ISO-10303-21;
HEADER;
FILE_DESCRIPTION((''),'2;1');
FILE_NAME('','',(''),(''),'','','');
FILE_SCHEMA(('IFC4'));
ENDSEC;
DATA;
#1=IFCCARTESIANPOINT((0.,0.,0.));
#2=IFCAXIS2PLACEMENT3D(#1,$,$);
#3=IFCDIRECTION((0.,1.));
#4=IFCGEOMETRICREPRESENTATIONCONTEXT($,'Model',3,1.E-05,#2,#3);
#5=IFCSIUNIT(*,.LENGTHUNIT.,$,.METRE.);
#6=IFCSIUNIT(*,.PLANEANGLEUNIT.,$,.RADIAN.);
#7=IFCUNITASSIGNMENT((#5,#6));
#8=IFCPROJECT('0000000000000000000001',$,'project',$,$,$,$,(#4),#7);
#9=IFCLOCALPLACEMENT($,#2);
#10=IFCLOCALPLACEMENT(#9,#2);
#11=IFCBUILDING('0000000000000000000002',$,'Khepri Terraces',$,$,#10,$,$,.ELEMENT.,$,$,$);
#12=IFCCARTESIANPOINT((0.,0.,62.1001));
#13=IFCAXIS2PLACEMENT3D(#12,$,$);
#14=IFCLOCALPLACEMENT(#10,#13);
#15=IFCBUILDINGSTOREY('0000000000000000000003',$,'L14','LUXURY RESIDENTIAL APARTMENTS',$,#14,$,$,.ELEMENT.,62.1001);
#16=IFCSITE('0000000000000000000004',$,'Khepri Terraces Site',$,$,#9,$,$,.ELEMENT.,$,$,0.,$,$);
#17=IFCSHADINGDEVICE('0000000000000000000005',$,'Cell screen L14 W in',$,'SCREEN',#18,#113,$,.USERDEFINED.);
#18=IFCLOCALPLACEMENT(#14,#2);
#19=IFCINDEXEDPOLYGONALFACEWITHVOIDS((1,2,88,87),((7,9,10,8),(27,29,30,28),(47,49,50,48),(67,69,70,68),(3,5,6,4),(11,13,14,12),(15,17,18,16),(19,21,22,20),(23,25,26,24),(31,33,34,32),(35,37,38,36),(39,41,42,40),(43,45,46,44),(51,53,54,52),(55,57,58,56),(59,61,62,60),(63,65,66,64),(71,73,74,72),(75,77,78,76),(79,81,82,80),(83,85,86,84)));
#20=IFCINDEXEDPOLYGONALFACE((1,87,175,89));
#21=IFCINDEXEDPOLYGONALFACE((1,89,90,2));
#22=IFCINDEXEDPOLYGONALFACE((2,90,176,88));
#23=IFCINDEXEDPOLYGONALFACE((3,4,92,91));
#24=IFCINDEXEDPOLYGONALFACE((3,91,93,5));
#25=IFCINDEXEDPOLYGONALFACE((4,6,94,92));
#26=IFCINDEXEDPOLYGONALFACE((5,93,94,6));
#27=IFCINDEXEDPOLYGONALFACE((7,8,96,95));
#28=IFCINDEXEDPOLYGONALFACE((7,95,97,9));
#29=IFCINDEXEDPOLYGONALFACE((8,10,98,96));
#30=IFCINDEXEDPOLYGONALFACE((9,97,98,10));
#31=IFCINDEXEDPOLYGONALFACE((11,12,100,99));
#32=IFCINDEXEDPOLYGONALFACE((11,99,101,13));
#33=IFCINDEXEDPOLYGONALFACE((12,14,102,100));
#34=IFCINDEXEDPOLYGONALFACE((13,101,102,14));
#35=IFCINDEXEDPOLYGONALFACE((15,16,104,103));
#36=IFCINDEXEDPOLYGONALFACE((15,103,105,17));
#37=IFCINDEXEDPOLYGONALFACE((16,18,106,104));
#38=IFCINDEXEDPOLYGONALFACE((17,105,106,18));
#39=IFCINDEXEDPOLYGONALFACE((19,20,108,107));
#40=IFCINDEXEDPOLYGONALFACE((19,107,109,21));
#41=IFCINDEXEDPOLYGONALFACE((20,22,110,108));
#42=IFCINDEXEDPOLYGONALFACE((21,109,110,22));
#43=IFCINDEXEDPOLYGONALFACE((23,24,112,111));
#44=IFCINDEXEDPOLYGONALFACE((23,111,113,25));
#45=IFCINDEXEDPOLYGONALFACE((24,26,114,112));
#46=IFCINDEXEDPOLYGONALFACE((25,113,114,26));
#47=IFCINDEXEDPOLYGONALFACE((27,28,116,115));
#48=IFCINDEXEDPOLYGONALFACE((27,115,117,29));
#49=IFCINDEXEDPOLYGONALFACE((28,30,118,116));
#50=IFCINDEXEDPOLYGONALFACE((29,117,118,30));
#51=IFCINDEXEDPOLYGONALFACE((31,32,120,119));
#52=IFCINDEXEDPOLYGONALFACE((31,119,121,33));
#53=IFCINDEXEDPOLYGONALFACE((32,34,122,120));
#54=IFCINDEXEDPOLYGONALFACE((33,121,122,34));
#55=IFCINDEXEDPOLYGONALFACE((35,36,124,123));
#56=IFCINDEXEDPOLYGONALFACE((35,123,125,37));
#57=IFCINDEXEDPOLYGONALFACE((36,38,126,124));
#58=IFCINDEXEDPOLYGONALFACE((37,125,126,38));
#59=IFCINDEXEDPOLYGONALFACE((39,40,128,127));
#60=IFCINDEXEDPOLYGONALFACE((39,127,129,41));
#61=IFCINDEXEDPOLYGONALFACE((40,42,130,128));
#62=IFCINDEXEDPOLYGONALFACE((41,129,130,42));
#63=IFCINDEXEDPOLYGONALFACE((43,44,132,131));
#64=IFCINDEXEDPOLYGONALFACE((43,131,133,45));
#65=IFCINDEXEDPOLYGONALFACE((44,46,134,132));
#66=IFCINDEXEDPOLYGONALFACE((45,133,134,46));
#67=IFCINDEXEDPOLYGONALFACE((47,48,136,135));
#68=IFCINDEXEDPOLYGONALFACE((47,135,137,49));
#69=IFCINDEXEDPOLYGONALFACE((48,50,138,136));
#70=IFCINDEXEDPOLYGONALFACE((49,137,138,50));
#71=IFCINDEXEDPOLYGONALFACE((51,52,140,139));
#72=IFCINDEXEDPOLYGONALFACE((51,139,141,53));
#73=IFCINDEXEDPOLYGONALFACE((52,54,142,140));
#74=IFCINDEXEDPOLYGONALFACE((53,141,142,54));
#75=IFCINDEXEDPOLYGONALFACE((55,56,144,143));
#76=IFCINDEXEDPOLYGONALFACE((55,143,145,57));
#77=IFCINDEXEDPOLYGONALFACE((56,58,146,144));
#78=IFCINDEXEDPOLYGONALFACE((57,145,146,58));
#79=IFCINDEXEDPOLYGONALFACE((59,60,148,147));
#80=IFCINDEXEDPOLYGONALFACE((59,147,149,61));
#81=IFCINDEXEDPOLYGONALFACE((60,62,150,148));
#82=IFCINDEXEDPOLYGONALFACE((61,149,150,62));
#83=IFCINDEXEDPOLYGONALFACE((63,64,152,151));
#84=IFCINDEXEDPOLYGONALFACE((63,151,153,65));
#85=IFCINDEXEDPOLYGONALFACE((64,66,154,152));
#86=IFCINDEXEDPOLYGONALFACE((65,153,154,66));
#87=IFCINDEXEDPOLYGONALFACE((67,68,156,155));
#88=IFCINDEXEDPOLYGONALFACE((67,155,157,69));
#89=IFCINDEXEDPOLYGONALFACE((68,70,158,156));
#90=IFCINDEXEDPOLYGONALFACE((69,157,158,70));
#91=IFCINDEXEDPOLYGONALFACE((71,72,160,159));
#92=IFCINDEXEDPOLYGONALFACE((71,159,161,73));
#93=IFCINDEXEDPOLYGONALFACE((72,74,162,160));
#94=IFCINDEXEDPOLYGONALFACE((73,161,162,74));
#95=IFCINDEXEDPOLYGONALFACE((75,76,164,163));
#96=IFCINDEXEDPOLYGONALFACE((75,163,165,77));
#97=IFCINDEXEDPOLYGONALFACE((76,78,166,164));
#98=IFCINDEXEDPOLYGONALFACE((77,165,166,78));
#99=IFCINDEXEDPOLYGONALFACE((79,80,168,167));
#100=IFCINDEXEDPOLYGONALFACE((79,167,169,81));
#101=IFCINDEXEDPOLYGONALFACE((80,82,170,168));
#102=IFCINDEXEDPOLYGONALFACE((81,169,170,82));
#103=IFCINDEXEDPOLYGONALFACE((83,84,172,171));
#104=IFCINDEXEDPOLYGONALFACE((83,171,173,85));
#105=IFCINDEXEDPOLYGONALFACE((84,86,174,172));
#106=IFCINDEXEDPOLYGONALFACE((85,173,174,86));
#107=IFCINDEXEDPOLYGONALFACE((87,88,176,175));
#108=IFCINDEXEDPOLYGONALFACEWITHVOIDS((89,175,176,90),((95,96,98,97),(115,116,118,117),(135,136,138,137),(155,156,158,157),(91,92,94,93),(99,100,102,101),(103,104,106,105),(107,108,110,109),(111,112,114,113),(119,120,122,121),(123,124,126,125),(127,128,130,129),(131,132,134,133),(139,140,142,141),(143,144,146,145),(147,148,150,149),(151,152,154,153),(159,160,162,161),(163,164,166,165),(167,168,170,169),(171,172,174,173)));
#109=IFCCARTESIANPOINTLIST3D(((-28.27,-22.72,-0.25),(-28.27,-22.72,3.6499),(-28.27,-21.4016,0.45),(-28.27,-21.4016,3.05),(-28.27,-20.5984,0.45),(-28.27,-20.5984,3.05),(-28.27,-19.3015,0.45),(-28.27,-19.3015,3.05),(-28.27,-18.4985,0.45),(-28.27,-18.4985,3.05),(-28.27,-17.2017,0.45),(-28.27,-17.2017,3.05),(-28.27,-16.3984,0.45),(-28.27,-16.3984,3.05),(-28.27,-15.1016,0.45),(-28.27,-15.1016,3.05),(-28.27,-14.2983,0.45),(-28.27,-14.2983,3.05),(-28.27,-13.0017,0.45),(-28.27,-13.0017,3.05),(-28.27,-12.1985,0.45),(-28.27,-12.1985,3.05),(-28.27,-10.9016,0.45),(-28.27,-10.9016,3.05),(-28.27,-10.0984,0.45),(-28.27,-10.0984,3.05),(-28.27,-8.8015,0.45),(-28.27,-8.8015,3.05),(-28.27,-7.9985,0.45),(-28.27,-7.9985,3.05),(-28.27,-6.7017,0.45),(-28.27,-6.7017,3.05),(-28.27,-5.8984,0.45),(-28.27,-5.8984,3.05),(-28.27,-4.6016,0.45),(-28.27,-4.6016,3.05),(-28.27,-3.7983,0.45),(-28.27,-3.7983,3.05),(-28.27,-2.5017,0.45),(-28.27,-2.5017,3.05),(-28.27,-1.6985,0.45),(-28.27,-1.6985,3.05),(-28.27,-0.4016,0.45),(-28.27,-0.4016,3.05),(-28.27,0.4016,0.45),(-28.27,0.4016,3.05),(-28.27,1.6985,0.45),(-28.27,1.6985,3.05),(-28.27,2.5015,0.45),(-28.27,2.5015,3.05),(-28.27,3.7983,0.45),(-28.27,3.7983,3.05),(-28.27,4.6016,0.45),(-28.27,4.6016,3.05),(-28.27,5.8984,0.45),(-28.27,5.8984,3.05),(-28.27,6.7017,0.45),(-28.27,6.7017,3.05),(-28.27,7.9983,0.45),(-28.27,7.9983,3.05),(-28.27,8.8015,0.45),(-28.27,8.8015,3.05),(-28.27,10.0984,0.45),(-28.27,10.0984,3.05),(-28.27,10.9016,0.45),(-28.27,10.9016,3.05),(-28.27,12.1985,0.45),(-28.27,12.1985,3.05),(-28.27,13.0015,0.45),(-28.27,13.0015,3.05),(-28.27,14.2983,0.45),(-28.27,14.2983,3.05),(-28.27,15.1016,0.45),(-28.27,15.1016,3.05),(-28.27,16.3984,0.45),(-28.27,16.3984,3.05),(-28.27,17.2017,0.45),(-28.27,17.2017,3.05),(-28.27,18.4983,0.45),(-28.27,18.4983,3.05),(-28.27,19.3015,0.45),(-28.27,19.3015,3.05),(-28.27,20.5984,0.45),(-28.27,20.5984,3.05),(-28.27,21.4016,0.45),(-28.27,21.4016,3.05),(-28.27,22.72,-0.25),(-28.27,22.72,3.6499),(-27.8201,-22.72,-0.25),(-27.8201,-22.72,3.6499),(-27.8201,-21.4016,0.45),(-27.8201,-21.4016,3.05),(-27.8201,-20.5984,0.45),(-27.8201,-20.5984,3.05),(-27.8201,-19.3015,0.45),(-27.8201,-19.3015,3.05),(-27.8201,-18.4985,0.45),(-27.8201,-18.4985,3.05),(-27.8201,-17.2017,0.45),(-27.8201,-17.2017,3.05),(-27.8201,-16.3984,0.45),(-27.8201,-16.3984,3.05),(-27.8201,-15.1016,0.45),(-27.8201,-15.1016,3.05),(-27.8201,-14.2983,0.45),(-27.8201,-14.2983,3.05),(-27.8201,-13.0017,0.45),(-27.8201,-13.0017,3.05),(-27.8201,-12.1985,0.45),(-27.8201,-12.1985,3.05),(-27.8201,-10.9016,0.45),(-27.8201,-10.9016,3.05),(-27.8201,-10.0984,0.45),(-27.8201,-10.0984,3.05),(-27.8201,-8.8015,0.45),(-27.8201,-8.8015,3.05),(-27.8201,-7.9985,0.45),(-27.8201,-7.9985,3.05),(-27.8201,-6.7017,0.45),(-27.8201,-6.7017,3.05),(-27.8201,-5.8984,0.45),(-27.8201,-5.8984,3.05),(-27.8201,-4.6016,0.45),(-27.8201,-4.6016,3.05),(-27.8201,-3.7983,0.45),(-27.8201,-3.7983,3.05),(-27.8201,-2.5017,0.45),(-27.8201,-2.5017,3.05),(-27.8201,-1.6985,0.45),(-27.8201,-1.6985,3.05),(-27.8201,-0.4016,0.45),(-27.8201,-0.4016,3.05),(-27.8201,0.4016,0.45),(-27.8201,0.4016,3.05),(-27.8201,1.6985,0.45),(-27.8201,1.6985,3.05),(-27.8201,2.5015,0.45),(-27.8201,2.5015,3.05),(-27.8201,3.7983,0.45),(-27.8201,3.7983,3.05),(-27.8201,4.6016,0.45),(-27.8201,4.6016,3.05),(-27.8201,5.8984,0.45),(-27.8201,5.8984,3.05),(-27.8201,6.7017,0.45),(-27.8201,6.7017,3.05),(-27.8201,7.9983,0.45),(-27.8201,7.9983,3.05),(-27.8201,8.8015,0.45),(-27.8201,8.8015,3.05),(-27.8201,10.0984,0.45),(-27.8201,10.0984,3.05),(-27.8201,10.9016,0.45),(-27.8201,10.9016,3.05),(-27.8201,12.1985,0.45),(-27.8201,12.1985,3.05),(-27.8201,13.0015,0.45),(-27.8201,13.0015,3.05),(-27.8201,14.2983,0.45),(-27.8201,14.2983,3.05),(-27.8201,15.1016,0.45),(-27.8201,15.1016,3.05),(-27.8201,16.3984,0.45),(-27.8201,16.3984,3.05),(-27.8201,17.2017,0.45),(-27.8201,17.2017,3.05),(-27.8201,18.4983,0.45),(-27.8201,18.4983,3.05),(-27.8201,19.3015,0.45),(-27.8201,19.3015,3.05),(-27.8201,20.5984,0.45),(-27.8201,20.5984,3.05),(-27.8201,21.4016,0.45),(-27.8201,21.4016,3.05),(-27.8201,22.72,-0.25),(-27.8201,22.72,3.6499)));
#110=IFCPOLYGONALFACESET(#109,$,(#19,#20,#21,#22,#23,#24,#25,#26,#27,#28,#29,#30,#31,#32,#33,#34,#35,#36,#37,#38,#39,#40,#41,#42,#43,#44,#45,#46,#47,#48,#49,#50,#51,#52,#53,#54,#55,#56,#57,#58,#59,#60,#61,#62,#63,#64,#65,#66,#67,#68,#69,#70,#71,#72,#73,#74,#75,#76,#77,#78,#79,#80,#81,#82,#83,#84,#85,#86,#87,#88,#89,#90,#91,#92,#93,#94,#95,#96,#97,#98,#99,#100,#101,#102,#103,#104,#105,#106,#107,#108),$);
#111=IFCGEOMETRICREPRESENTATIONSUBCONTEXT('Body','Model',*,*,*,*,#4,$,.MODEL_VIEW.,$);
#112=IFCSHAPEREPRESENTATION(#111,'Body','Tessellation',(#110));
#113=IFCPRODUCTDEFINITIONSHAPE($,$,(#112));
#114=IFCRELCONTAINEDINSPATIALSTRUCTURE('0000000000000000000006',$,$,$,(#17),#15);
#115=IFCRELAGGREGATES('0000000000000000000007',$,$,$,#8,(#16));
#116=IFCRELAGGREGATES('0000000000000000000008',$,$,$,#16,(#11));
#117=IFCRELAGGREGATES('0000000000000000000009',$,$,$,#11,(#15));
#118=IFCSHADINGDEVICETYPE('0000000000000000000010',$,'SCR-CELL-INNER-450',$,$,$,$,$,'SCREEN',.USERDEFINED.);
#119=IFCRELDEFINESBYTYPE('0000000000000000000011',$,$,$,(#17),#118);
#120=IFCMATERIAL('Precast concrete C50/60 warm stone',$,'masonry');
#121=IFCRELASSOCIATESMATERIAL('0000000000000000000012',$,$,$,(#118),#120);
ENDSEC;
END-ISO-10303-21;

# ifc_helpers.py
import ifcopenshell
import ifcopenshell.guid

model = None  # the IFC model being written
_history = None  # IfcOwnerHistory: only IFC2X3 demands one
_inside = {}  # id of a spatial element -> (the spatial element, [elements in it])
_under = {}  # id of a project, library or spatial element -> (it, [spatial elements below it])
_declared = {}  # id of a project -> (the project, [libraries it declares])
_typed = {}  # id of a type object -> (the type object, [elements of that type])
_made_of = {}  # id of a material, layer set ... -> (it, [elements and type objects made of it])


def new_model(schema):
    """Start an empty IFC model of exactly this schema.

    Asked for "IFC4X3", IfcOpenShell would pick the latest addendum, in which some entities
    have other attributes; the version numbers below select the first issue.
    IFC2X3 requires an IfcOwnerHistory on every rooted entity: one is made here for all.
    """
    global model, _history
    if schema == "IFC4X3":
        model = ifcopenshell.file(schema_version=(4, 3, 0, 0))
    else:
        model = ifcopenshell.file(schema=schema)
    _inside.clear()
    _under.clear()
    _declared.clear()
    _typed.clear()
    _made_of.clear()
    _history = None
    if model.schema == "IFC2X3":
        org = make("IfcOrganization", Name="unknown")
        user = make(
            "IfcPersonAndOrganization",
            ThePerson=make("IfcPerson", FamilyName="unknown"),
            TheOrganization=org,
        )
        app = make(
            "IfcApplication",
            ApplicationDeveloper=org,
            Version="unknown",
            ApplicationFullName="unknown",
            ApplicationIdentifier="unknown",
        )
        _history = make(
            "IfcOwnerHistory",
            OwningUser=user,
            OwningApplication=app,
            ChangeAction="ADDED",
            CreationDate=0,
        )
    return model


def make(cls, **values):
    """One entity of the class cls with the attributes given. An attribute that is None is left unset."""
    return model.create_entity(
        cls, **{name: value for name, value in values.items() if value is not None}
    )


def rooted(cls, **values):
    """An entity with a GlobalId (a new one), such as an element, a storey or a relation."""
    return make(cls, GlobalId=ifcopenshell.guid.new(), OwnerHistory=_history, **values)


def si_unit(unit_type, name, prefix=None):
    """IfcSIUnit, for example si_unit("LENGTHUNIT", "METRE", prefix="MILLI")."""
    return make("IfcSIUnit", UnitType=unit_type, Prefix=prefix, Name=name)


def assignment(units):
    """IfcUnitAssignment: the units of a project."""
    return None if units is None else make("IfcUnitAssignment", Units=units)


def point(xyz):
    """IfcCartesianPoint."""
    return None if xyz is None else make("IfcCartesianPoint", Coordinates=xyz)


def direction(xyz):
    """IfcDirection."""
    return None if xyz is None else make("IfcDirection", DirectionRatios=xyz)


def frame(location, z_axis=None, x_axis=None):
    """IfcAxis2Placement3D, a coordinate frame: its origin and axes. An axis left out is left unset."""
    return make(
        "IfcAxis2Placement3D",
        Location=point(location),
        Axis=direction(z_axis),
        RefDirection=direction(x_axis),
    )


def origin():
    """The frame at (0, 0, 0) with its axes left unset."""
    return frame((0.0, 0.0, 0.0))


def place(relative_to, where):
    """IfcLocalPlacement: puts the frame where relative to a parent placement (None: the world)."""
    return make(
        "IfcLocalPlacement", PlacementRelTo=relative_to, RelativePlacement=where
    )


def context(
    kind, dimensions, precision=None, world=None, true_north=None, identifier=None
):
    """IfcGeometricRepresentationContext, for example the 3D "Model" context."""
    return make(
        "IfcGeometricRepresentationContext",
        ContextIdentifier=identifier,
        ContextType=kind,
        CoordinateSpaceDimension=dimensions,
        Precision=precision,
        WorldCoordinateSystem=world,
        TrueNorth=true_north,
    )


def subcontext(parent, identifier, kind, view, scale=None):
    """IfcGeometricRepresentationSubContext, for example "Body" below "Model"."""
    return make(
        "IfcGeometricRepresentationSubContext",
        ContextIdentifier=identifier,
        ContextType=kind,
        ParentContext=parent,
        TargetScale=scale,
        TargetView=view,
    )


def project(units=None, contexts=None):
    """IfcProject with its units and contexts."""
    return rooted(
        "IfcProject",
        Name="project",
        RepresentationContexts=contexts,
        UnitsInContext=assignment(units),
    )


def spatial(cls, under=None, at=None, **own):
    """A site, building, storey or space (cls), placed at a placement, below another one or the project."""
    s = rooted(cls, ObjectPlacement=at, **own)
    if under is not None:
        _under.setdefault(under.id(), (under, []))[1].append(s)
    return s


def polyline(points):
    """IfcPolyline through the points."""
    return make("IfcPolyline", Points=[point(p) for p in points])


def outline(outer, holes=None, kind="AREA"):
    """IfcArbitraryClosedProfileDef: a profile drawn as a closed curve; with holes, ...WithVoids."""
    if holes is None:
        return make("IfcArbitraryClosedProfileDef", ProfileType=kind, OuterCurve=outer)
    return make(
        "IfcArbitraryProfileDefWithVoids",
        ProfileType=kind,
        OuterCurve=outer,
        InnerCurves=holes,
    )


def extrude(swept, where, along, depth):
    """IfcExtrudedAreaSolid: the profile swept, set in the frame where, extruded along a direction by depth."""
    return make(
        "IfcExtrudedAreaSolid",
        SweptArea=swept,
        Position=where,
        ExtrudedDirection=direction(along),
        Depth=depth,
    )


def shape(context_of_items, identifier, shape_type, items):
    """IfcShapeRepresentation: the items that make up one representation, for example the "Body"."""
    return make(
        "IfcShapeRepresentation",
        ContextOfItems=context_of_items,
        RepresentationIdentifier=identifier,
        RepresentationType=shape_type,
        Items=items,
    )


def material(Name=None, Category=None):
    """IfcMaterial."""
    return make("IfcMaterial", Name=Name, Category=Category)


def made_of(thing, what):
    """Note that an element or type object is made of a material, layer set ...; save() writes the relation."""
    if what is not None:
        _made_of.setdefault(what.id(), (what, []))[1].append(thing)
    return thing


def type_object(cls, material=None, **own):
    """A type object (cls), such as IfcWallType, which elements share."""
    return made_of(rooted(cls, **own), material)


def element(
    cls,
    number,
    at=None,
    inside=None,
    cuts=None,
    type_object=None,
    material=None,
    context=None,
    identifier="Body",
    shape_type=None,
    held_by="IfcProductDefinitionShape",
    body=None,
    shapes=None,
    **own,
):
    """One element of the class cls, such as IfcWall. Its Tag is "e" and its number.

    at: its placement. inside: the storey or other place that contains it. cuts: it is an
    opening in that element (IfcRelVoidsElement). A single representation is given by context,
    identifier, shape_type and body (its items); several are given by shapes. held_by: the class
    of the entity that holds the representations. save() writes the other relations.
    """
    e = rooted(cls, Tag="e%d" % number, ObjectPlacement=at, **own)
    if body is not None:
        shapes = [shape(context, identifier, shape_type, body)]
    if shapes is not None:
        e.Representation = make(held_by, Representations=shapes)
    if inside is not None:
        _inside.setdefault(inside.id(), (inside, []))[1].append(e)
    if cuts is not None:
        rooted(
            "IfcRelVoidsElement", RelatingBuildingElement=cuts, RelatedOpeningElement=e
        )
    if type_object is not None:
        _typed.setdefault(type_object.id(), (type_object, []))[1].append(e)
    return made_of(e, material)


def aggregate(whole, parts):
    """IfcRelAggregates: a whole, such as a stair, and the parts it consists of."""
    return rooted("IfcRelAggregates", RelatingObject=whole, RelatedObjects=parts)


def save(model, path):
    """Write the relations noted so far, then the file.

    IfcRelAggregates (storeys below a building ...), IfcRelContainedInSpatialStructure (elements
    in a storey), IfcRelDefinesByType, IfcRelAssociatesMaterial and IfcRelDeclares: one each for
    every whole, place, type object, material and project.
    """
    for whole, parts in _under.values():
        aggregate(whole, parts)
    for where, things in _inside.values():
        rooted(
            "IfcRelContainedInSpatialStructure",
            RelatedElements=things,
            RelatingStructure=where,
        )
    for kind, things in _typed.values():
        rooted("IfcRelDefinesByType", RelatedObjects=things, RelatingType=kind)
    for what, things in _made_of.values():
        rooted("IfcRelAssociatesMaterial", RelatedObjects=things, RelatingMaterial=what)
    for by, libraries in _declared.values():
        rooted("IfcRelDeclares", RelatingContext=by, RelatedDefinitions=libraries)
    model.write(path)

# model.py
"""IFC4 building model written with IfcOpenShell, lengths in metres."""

from ifc_helpers import new_model, si_unit, direction, frame, origin, place, context, subcontext, project, spatial, polyline, outline, extrude, material, type_object, element, save


model = new_model("IFC4")

# Units and contexts
model_context = context("Model", 3, precision=1e-05, world=origin(), true_north=direction((0.0, 1.0)))
body_context = subcontext(model_context, "Body", "Model", "MODEL_VIEW")
ifc_project = project(units=[si_unit("LENGTHUNIT", "METRE"), si_unit("PLANEANGLEUNIT", "RADIAN")], contexts=[model_context])

# Site, building, storey
site_placement = place(None, origin())
site = spatial("IfcSite", under=ifc_project, at=site_placement, Name="Khepri Terraces Site", CompositionType="ELEMENT", RefElevation=0.0)
building_placement = place(site_placement, origin())
building = spatial("IfcBuilding", under=site, at=building_placement, Name="Khepri Terraces", CompositionType="ELEMENT")
storey_placement = place(building_placement, frame((0.0, 0.0, 62.1001)))
storey = spatial("IfcBuildingStorey", under=building, at=storey_placement, Name="L14", Description="LUXURY RESIDENTIAL APARTMENTS", CompositionType="ELEMENT", Elevation=62.1001)

# Shared definitions
ifc_material_1 = material(Name="Precast concrete C50/60 warm stone", Category="masonry")

# Shading device
shading_device_type_1 = type_object("IfcShadingDeviceType", Name="SCR-CELL-INNER-450", ElementType="SCREEN", PredefinedType="USERDEFINED", material=ifc_material_1)
shading_device_1_placement = place(storey_placement, frame((-27.8201, 22.72, -0.25), z_axis=(-1.0, 0.0, 0.0), x_axis=(0.0, -1.0, 0.0)))
element("IfcShadingDevice", 1, at=shading_device_1_placement, inside=storey, type_object=shading_device_type_1, Name="Cell screen L14 W in", ObjectType="SCREEN", PredefinedType="USERDEFINED", context=body_context, shape_type="SweptSolid", body=[
    extrude(outline(polyline([(0.0, 0.0), (45.4399, 0.0), (45.4399, 3.8999), (0.0, 3.8999), (0.0, 0.0)]), holes=[polyline([(1.3184, 0.7), (2.1216, 0.7), (2.1216, 3.3), (1.3184, 3.3), (1.3184, 0.7)]), polyline([(3.4185, 0.7), (4.2217, 0.7), (4.2217, 3.3), (3.4185, 3.3), (3.4185, 0.7)]), polyline([(5.5183, 0.7), (6.3215, 0.7), (6.3215, 3.3), (5.5183, 3.3), (5.5183, 0.7)]), polyline([(7.6184, 0.7), (8.4216, 0.7), (8.4216, 3.3), (7.6184, 3.3), (7.6184, 0.7)]), polyline([(9.7185, 0.7), (10.5215, 0.7), (10.5215, 3.3), (9.7185, 3.3), (9.7185, 0.7)]), polyline([(11.8184, 0.7), (12.6216, 0.7), (12.6216, 3.3), (11.8184, 3.3), (11.8184, 0.7)]), polyline([(13.9185, 0.7), (14.7217, 0.7), (14.7217, 3.3), (13.9185, 3.3), (13.9185, 0.7)]), polyline([(16.0183, 0.7), (16.8215, 0.7), (16.8215, 3.3), (16.0183, 3.3), (16.0183, 0.7)]), polyline([(18.1184, 0.7), (18.9216, 0.7), (18.9216, 3.3), (18.1184, 3.3), (18.1184, 0.7)]), polyline([(20.2185, 0.7), (21.0215, 0.7), (21.0215, 3.3), (20.2185, 3.3), (20.2185, 0.7)]), polyline([(22.3184, 0.7), (23.1216, 0.7), (23.1216, 3.3), (22.3184, 3.3), (22.3184, 0.7)]), polyline([(24.4185, 0.7), (25.2217, 0.7), (25.2217, 3.3), (24.4185, 3.3), (24.4185, 0.7)]), polyline([(26.5183, 0.7), (27.3215, 0.7), (27.3215, 3.3), (26.5183, 3.3), (26.5183, 0.7)]), polyline([(28.6184, 0.7), (29.4216, 0.7), (29.4216, 3.3), (28.6184, 3.3), (28.6184, 0.7)]), polyline([(30.7185, 0.7), (31.5215, 0.7), (31.5215, 3.3), (30.7185, 3.3), (30.7185, 0.7)]), polyline([(32.8184, 0.7), (33.6216, 0.7), (33.6216, 3.3), (32.8184, 3.3), (32.8184, 0.7)]), polyline([(34.9185, 0.7), (35.7217, 0.7), (35.7217, 3.3), (34.9185, 3.3), (34.9185, 0.7)]), polyline([(37.0183, 0.7), (37.8215, 0.7), (37.8215, 3.3), (37.0183, 3.3), (37.0183, 0.7)]), polyline([(39.1184, 0.7), (39.9216, 0.7), (39.9216, 3.3), (39.1184, 3.3), (39.1184, 0.7)]), polyline([(41.2185, 0.7), (42.0215, 0.7), (42.0215, 3.3), (41.2185, 3.3), (41.2185, 0.7)]), polyline([(43.3184, 0.7), (44.1216, 0.7), (44.1216, 3.3), (43.3184, 3.3), (43.3184, 0.7)])]), origin(), (0.0, 0.0, 1.0), 0.45),
])

save(model, "model.ifc")
